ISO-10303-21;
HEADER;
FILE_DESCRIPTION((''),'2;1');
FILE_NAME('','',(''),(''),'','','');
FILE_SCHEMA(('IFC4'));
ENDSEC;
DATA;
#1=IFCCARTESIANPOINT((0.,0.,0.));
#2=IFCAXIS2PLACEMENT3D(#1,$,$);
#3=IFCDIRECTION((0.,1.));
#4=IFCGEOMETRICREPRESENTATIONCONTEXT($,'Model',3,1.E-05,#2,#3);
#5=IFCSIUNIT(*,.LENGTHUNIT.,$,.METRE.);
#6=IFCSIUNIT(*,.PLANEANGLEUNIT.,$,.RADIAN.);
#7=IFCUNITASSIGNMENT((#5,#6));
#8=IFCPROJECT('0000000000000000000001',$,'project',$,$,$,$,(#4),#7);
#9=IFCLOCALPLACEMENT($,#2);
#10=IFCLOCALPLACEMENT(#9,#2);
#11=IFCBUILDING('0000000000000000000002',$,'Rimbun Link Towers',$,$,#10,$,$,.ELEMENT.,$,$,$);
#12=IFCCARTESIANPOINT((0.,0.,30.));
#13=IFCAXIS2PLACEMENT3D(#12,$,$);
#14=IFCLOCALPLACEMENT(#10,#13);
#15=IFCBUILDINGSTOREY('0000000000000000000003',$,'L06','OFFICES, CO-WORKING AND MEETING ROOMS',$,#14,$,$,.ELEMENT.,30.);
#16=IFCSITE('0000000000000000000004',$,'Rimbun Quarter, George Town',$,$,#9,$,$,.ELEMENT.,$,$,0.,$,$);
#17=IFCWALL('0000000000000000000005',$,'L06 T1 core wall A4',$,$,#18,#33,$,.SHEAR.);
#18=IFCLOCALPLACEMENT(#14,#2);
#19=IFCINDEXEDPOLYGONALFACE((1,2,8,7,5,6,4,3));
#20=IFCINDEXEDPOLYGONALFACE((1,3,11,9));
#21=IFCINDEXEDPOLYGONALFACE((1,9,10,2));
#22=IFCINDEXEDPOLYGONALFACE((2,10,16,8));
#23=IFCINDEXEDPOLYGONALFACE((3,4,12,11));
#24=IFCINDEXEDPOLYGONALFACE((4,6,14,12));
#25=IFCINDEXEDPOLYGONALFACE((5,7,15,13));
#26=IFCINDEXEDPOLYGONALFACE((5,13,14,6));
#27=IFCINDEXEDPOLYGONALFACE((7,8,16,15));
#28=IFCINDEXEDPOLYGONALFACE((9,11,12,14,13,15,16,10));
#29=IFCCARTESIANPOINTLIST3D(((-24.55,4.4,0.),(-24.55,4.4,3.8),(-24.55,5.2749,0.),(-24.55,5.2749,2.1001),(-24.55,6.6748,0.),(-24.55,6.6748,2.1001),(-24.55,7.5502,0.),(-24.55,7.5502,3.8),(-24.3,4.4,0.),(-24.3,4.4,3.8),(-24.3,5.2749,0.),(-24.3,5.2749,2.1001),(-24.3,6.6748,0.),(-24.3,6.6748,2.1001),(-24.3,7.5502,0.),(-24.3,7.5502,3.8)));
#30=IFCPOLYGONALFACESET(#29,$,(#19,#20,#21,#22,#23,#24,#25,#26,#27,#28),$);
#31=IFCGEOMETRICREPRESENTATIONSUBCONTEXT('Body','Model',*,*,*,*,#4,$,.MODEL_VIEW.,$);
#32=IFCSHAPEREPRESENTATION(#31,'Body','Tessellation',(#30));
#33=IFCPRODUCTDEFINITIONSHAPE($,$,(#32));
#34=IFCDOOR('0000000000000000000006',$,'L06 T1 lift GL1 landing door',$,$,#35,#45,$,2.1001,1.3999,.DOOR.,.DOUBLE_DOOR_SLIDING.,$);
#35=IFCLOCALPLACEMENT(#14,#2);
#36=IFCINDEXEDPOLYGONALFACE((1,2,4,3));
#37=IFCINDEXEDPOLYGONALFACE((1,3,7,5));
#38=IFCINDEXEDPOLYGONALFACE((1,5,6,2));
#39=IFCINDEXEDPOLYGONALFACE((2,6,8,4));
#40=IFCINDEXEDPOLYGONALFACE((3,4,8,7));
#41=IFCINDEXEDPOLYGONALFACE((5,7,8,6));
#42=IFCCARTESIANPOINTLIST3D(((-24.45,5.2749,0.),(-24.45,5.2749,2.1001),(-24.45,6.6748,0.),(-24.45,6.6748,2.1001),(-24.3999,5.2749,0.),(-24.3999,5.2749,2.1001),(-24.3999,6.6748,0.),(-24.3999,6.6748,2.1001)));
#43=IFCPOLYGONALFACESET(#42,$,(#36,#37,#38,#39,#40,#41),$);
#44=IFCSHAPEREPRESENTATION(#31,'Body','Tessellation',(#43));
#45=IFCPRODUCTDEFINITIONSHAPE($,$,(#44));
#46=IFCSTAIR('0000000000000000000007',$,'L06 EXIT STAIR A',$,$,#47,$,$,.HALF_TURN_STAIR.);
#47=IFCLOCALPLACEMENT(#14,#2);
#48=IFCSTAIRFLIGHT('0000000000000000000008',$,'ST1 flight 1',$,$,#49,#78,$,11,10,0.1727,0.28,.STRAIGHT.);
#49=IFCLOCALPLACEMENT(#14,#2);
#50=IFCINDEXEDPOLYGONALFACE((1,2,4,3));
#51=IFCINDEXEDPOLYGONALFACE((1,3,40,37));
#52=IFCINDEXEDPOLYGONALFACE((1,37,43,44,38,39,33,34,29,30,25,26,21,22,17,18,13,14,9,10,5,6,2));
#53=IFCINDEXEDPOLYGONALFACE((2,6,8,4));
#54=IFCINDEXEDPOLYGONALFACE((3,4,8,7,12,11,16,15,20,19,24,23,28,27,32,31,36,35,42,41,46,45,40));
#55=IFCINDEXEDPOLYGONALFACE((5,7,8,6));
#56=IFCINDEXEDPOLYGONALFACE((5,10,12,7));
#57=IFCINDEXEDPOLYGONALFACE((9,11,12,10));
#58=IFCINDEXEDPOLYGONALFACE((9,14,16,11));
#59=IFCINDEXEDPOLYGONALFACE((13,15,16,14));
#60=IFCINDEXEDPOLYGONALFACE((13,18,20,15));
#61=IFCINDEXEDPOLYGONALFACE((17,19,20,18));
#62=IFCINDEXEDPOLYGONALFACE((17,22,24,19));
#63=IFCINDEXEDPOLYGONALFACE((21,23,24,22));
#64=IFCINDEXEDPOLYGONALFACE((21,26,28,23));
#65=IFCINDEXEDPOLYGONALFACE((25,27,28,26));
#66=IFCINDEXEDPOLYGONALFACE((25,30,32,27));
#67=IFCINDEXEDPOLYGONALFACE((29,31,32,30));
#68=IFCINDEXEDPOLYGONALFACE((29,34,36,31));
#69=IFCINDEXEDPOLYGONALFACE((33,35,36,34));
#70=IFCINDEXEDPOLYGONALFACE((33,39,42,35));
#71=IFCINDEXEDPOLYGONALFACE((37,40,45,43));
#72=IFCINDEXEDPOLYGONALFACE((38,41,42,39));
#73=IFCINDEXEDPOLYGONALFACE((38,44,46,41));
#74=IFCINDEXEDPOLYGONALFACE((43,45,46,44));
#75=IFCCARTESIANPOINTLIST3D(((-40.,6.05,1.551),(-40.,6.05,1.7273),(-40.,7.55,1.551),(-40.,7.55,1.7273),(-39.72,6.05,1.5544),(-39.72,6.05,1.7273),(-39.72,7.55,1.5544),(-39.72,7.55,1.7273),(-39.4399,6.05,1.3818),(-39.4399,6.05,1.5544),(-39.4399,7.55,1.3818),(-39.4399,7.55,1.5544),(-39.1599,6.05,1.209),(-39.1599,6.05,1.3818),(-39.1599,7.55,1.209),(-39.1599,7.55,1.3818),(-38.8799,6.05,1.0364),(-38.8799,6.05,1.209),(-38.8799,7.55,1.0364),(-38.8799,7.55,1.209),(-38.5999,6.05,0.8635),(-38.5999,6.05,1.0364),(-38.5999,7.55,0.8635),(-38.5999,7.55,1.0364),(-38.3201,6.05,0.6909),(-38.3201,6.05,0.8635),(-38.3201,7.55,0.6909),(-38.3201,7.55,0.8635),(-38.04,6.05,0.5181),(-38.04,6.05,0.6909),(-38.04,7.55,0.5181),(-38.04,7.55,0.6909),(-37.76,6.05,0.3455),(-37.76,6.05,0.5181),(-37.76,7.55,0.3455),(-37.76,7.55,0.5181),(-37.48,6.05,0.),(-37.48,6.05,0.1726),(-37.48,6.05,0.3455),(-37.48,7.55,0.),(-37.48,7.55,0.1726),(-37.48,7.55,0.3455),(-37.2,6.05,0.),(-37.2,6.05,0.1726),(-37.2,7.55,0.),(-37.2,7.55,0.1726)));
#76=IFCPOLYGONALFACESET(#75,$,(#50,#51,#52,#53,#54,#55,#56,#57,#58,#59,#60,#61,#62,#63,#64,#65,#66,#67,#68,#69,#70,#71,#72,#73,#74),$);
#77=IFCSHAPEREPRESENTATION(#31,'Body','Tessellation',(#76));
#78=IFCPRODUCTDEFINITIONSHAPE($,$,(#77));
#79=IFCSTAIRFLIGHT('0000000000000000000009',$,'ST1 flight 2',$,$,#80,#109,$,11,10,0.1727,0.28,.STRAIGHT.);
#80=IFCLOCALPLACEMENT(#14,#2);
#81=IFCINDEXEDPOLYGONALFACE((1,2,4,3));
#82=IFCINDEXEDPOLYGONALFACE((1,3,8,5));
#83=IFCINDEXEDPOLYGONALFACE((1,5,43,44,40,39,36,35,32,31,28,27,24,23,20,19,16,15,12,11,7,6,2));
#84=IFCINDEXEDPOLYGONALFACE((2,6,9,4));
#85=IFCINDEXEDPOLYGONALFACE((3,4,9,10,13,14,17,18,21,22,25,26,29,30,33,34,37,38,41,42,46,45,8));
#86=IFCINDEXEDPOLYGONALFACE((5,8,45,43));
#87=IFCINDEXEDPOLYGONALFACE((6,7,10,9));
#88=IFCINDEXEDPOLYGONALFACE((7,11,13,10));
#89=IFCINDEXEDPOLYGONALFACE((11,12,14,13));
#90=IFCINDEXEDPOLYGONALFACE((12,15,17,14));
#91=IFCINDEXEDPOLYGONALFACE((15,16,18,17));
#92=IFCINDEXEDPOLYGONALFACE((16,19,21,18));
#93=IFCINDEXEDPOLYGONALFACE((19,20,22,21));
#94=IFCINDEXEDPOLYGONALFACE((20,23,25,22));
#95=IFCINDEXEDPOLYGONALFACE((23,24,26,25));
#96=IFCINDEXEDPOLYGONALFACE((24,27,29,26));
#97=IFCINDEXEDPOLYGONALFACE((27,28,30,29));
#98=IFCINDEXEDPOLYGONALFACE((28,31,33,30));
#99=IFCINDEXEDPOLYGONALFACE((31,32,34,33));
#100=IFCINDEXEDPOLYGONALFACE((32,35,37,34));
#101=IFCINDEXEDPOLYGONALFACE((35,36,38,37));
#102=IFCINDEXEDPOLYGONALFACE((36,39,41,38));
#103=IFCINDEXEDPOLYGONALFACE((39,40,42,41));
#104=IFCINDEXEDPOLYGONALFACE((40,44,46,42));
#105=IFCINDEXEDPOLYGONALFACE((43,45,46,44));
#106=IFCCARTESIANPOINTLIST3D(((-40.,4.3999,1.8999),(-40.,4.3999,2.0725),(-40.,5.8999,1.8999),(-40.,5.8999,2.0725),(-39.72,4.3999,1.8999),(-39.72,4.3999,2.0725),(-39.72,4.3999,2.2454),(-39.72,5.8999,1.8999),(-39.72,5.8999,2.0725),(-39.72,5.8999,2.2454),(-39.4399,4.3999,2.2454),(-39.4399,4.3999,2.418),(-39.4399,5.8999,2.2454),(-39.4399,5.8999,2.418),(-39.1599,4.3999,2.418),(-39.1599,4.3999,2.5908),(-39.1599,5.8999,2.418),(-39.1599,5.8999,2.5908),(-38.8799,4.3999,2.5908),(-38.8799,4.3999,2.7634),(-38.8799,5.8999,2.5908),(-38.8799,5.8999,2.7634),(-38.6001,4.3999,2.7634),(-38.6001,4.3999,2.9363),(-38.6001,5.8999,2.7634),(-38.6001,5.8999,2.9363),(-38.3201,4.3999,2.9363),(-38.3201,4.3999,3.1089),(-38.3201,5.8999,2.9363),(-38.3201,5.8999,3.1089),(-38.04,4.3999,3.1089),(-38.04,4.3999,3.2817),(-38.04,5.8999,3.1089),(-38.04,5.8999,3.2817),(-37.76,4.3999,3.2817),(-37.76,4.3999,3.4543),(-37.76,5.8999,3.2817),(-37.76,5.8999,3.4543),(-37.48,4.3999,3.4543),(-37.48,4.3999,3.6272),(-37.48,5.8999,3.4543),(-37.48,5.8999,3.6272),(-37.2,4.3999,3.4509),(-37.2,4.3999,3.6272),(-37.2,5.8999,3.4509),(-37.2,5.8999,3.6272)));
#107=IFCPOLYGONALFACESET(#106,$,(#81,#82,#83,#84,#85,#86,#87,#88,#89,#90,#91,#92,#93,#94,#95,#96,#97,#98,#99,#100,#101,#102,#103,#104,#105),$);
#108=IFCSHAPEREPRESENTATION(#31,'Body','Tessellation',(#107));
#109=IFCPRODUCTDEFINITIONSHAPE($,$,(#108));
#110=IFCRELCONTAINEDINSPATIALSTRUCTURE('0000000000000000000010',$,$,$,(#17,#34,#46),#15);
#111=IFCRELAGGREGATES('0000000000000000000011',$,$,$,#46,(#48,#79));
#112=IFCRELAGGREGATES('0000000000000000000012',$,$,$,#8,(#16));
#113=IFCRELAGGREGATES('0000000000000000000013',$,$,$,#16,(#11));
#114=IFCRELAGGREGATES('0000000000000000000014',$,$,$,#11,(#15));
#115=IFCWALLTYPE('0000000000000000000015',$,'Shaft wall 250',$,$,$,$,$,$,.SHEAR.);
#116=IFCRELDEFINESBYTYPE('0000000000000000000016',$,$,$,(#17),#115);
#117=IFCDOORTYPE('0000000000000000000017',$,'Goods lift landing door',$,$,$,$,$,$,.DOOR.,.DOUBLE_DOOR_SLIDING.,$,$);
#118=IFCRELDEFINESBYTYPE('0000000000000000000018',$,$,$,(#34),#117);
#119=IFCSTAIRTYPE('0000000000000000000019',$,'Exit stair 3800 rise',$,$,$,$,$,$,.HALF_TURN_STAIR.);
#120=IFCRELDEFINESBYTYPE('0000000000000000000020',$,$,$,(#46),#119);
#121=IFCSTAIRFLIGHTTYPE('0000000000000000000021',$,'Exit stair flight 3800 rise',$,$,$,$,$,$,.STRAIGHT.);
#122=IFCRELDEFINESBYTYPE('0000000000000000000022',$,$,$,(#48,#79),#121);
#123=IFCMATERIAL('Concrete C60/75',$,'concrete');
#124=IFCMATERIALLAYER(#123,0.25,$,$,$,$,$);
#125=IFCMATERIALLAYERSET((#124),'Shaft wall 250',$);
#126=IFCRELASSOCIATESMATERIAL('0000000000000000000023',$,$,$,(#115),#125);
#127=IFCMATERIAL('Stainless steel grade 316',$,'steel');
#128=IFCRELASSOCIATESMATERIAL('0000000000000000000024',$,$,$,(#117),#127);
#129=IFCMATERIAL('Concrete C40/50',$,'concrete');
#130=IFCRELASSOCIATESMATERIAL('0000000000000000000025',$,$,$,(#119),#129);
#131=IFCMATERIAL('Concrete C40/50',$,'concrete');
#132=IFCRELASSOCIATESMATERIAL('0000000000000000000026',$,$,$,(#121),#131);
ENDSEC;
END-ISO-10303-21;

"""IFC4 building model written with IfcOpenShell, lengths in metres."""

from ifc_helpers import new_model, si_unit, direction, frame, frame_2d, origin, place, context, subcontext, project, spatial, polyline, rectangle, outline, extrude, material, layer, layer_set, type_object, element, fill, aggregate, save


model = new_model("IFC4")

# Units and contexts
model_context = context("Model", 3, precision=1e-05, world=origin(), true_north=direction((0.0, 1.0)))
body_context = subcontext(model_context, "Body", "Model", "MODEL_VIEW")
ifc_project = project(units=[si_unit("LENGTHUNIT", "METRE"), si_unit("PLANEANGLEUNIT", "RADIAN")], contexts=[model_context])

# Site, building, storey
site_placement = place(None, origin())
site = spatial("IfcSite", under=ifc_project, at=site_placement, Name="Rimbun Quarter, George Town", CompositionType="ELEMENT", RefElevation=0.0)
building_placement = place(site_placement, origin())
building = spatial("IfcBuilding", under=site, at=building_placement, Name="Rimbun Link Towers", CompositionType="ELEMENT")
storey_placement = place(building_placement, frame((0.0, 0.0, 30.0)))
storey = spatial("IfcBuildingStorey", under=building, at=storey_placement, Name="L06", Description="OFFICES, CO-WORKING AND MEETING ROOMS", CompositionType="ELEMENT", Elevation=30.0)

# Shared definitions
ifc_material_1 = material(Name="Concrete C60/75", Category="concrete")
ifc_layer_1 = layer(ifc_material_1, 0.25)
ifc_layer_set_1 = layer_set([ifc_layer_1], Name="Shaft wall 250")
wall_type_1 = type_object("IfcWallType", Name="Shaft wall 250", PredefinedType="SHEAR", material=ifc_layer_set_1)

# Wall, opening, door
wall_1_placement = place(storey_placement, frame((-24.425, 4.3999, 0.0), z_axis=(0.0, 0.0, 1.0), x_axis=(0.0, 1.0, 0.0)))
wall_1 = element("IfcWall", 1, at=wall_1_placement, inside=storey, type_object=wall_type_1, Name="L06 T1 core wall A4", PredefinedType="SHEAR", context=body_context, shape_type="SweptSolid", body=[
    extrude(rectangle(XDim=3.1501, YDim=0.25, at=frame_2d((1.5752, 0.0))), origin(), (0.0, 0.0, 1.0), 3.8),
])
opening_1_placement = place(wall_1_placement, frame((0.875, 0.0, 0.0)))
opening_1 = element("IfcOpeningElement", 2, at=opening_1_placement, cuts=wall_1, PredefinedType="OPENING", context=body_context, shape_type="SweptSolid", body=[
    extrude(rectangle(XDim=1.3999, YDim=2.1001, at=frame_2d((0.7, 1.05))), frame((0.0, 0.135, 0.0), z_axis=(0.0, -1.0, 0.0), x_axis=(1.0, 0.0, 0.0)), (0.0, 0.0, 1.0), 0.27),
])
ifc_material_2 = material(Name="Stainless steel grade 316", Category="steel")
door_type_1 = type_object("IfcDoorType", Name="Goods lift landing door", OperationType="DOUBLE_DOOR_SLIDING", PredefinedType="DOOR", material=ifc_material_2)
door_1_placement = place(opening_1_placement, origin())
door_1 = element("IfcDoor", 3, at=door_1_placement, inside=storey, type_object=door_type_1, Name="L06 T1 lift GL1 landing door", OperationType="DOUBLE_DOOR_SLIDING", OverallHeight=2.1001, OverallWidth=1.3999, PredefinedType="DOOR", context=body_context, shape_type="SweptSolid", body=[
    extrude(rectangle(XDim=1.3999, YDim=2.1001, at=frame_2d((0.7, 1.05))), frame((0.0, 0.0249, 0.0), z_axis=(0.0, -1.0, 0.0), x_axis=(1.0, 0.0, 0.0)), (0.0, 0.0, 1.0), 0.05),
])
fill(opening_1, door_1)

# Stair, stair flights
ifc_material_3 = material(Name="Concrete C40/50", Category="concrete")
stair_type = type_object("IfcStairType", Name="Exit stair 3800 rise", PredefinedType="HALF_TURN_STAIR", material=ifc_material_3)
stair_placement = place(storey_placement, origin())
stair = element("IfcStair", 4, at=stair_placement, inside=storey, type_object=stair_type, Name="L06 EXIT STAIR A", PredefinedType="HALF_TURN_STAIR")
ifc_material_4 = material(Name="Concrete C40/50", Category="concrete")
stair_flight_type = type_object("IfcStairFlightType", Name="Exit stair flight 3800 rise", PredefinedType="STRAIGHT", material=ifc_material_4)
stair_flight_1_placement = place(storey_placement, frame((-37.2, 6.8, 0.0), z_axis=(0.0, 0.0, 1.0), x_axis=(-1.0, 0.0, 0.0)))
stair_flight_1 = element("IfcStairFlight", 5, at=stair_flight_1_placement, type_object=stair_flight_type, Name="ST1 flight 1", NumberOfRisers=11, NumberOfTreads=10, PredefinedType="STRAIGHT", RiserHeight=0.1727, TreadLength=0.28, context=body_context, shape_type="SweptSolid", body=[
    extrude(outline(polyline([(0.0, 0.0), (0.0, 0.1726), (0.28, 0.1726), (0.28, 0.3455), (0.5601, 0.3455), (0.5601, 0.5181), (0.8401, 0.5181), (0.8401, 0.6909), (1.1201, 0.6909), (1.1201, 0.8635), (1.3999, 0.8635), (1.3999, 1.0364), (1.6799, 1.0364), (1.6799, 1.209), (1.96, 1.209), (1.96, 1.3818), (2.24, 1.3818), (2.24, 1.5544), (2.52, 1.5544), (2.52, 1.7273), (2.8, 1.7273), (2.8, 1.8999), (2.8, 1.551), (0.28, 0.0), (0.0, 0.0)])), frame((0.0, 0.75, 0.0), z_axis=(0.0, -1.0, 0.0), x_axis=(1.0, 0.0, 0.0)), (0.0, 0.0, 1.0), 1.5),
])
stair_flight_2_placement = place(storey_placement, frame((-40.0, 5.1499, 1.8999), z_axis=(0.0, 0.0, 1.0), x_axis=(1.0, 0.0, 0.0)))
stair_flight_2 = element("IfcStairFlight", 6, at=stair_flight_2_placement, type_object=stair_flight_type, Name="ST1 flight 2", NumberOfRisers=11, NumberOfTreads=10, PredefinedType="STRAIGHT", RiserHeight=0.1727, TreadLength=0.28, context=body_context, shape_type="SweptSolid", body=[
    extrude(outline(polyline([(0.0, 0.0), (0.0, 0.1726), (0.28, 0.1726), (0.28, 0.3455), (0.5601, 0.3455), (0.5601, 0.5181), (0.8401, 0.5181), (0.8401, 0.6909), (1.1201, 0.6909), (1.1201, 0.8635), (1.3999, 0.8635), (1.3999, 1.0364), (1.6799, 1.0364), (1.6799, 1.209), (1.96, 1.209), (1.96, 1.3818), (2.24, 1.3818), (2.24, 1.5544), (2.52, 1.5544), (2.52, 1.7273), (2.8, 1.7273), (2.8, 1.8999), (2.8, 1.551), (0.28, 0.0), (0.0, 0.0)])), frame((0.0, 0.75, 0.0), z_axis=(0.0, -1.0, 0.0), x_axis=(1.0, 0.0, 0.0)), (0.0, 0.0, 1.0), 1.5),
])
aggregate(stair, [stair_flight_1, stair_flight_2])

save(model, "model.ifc")
